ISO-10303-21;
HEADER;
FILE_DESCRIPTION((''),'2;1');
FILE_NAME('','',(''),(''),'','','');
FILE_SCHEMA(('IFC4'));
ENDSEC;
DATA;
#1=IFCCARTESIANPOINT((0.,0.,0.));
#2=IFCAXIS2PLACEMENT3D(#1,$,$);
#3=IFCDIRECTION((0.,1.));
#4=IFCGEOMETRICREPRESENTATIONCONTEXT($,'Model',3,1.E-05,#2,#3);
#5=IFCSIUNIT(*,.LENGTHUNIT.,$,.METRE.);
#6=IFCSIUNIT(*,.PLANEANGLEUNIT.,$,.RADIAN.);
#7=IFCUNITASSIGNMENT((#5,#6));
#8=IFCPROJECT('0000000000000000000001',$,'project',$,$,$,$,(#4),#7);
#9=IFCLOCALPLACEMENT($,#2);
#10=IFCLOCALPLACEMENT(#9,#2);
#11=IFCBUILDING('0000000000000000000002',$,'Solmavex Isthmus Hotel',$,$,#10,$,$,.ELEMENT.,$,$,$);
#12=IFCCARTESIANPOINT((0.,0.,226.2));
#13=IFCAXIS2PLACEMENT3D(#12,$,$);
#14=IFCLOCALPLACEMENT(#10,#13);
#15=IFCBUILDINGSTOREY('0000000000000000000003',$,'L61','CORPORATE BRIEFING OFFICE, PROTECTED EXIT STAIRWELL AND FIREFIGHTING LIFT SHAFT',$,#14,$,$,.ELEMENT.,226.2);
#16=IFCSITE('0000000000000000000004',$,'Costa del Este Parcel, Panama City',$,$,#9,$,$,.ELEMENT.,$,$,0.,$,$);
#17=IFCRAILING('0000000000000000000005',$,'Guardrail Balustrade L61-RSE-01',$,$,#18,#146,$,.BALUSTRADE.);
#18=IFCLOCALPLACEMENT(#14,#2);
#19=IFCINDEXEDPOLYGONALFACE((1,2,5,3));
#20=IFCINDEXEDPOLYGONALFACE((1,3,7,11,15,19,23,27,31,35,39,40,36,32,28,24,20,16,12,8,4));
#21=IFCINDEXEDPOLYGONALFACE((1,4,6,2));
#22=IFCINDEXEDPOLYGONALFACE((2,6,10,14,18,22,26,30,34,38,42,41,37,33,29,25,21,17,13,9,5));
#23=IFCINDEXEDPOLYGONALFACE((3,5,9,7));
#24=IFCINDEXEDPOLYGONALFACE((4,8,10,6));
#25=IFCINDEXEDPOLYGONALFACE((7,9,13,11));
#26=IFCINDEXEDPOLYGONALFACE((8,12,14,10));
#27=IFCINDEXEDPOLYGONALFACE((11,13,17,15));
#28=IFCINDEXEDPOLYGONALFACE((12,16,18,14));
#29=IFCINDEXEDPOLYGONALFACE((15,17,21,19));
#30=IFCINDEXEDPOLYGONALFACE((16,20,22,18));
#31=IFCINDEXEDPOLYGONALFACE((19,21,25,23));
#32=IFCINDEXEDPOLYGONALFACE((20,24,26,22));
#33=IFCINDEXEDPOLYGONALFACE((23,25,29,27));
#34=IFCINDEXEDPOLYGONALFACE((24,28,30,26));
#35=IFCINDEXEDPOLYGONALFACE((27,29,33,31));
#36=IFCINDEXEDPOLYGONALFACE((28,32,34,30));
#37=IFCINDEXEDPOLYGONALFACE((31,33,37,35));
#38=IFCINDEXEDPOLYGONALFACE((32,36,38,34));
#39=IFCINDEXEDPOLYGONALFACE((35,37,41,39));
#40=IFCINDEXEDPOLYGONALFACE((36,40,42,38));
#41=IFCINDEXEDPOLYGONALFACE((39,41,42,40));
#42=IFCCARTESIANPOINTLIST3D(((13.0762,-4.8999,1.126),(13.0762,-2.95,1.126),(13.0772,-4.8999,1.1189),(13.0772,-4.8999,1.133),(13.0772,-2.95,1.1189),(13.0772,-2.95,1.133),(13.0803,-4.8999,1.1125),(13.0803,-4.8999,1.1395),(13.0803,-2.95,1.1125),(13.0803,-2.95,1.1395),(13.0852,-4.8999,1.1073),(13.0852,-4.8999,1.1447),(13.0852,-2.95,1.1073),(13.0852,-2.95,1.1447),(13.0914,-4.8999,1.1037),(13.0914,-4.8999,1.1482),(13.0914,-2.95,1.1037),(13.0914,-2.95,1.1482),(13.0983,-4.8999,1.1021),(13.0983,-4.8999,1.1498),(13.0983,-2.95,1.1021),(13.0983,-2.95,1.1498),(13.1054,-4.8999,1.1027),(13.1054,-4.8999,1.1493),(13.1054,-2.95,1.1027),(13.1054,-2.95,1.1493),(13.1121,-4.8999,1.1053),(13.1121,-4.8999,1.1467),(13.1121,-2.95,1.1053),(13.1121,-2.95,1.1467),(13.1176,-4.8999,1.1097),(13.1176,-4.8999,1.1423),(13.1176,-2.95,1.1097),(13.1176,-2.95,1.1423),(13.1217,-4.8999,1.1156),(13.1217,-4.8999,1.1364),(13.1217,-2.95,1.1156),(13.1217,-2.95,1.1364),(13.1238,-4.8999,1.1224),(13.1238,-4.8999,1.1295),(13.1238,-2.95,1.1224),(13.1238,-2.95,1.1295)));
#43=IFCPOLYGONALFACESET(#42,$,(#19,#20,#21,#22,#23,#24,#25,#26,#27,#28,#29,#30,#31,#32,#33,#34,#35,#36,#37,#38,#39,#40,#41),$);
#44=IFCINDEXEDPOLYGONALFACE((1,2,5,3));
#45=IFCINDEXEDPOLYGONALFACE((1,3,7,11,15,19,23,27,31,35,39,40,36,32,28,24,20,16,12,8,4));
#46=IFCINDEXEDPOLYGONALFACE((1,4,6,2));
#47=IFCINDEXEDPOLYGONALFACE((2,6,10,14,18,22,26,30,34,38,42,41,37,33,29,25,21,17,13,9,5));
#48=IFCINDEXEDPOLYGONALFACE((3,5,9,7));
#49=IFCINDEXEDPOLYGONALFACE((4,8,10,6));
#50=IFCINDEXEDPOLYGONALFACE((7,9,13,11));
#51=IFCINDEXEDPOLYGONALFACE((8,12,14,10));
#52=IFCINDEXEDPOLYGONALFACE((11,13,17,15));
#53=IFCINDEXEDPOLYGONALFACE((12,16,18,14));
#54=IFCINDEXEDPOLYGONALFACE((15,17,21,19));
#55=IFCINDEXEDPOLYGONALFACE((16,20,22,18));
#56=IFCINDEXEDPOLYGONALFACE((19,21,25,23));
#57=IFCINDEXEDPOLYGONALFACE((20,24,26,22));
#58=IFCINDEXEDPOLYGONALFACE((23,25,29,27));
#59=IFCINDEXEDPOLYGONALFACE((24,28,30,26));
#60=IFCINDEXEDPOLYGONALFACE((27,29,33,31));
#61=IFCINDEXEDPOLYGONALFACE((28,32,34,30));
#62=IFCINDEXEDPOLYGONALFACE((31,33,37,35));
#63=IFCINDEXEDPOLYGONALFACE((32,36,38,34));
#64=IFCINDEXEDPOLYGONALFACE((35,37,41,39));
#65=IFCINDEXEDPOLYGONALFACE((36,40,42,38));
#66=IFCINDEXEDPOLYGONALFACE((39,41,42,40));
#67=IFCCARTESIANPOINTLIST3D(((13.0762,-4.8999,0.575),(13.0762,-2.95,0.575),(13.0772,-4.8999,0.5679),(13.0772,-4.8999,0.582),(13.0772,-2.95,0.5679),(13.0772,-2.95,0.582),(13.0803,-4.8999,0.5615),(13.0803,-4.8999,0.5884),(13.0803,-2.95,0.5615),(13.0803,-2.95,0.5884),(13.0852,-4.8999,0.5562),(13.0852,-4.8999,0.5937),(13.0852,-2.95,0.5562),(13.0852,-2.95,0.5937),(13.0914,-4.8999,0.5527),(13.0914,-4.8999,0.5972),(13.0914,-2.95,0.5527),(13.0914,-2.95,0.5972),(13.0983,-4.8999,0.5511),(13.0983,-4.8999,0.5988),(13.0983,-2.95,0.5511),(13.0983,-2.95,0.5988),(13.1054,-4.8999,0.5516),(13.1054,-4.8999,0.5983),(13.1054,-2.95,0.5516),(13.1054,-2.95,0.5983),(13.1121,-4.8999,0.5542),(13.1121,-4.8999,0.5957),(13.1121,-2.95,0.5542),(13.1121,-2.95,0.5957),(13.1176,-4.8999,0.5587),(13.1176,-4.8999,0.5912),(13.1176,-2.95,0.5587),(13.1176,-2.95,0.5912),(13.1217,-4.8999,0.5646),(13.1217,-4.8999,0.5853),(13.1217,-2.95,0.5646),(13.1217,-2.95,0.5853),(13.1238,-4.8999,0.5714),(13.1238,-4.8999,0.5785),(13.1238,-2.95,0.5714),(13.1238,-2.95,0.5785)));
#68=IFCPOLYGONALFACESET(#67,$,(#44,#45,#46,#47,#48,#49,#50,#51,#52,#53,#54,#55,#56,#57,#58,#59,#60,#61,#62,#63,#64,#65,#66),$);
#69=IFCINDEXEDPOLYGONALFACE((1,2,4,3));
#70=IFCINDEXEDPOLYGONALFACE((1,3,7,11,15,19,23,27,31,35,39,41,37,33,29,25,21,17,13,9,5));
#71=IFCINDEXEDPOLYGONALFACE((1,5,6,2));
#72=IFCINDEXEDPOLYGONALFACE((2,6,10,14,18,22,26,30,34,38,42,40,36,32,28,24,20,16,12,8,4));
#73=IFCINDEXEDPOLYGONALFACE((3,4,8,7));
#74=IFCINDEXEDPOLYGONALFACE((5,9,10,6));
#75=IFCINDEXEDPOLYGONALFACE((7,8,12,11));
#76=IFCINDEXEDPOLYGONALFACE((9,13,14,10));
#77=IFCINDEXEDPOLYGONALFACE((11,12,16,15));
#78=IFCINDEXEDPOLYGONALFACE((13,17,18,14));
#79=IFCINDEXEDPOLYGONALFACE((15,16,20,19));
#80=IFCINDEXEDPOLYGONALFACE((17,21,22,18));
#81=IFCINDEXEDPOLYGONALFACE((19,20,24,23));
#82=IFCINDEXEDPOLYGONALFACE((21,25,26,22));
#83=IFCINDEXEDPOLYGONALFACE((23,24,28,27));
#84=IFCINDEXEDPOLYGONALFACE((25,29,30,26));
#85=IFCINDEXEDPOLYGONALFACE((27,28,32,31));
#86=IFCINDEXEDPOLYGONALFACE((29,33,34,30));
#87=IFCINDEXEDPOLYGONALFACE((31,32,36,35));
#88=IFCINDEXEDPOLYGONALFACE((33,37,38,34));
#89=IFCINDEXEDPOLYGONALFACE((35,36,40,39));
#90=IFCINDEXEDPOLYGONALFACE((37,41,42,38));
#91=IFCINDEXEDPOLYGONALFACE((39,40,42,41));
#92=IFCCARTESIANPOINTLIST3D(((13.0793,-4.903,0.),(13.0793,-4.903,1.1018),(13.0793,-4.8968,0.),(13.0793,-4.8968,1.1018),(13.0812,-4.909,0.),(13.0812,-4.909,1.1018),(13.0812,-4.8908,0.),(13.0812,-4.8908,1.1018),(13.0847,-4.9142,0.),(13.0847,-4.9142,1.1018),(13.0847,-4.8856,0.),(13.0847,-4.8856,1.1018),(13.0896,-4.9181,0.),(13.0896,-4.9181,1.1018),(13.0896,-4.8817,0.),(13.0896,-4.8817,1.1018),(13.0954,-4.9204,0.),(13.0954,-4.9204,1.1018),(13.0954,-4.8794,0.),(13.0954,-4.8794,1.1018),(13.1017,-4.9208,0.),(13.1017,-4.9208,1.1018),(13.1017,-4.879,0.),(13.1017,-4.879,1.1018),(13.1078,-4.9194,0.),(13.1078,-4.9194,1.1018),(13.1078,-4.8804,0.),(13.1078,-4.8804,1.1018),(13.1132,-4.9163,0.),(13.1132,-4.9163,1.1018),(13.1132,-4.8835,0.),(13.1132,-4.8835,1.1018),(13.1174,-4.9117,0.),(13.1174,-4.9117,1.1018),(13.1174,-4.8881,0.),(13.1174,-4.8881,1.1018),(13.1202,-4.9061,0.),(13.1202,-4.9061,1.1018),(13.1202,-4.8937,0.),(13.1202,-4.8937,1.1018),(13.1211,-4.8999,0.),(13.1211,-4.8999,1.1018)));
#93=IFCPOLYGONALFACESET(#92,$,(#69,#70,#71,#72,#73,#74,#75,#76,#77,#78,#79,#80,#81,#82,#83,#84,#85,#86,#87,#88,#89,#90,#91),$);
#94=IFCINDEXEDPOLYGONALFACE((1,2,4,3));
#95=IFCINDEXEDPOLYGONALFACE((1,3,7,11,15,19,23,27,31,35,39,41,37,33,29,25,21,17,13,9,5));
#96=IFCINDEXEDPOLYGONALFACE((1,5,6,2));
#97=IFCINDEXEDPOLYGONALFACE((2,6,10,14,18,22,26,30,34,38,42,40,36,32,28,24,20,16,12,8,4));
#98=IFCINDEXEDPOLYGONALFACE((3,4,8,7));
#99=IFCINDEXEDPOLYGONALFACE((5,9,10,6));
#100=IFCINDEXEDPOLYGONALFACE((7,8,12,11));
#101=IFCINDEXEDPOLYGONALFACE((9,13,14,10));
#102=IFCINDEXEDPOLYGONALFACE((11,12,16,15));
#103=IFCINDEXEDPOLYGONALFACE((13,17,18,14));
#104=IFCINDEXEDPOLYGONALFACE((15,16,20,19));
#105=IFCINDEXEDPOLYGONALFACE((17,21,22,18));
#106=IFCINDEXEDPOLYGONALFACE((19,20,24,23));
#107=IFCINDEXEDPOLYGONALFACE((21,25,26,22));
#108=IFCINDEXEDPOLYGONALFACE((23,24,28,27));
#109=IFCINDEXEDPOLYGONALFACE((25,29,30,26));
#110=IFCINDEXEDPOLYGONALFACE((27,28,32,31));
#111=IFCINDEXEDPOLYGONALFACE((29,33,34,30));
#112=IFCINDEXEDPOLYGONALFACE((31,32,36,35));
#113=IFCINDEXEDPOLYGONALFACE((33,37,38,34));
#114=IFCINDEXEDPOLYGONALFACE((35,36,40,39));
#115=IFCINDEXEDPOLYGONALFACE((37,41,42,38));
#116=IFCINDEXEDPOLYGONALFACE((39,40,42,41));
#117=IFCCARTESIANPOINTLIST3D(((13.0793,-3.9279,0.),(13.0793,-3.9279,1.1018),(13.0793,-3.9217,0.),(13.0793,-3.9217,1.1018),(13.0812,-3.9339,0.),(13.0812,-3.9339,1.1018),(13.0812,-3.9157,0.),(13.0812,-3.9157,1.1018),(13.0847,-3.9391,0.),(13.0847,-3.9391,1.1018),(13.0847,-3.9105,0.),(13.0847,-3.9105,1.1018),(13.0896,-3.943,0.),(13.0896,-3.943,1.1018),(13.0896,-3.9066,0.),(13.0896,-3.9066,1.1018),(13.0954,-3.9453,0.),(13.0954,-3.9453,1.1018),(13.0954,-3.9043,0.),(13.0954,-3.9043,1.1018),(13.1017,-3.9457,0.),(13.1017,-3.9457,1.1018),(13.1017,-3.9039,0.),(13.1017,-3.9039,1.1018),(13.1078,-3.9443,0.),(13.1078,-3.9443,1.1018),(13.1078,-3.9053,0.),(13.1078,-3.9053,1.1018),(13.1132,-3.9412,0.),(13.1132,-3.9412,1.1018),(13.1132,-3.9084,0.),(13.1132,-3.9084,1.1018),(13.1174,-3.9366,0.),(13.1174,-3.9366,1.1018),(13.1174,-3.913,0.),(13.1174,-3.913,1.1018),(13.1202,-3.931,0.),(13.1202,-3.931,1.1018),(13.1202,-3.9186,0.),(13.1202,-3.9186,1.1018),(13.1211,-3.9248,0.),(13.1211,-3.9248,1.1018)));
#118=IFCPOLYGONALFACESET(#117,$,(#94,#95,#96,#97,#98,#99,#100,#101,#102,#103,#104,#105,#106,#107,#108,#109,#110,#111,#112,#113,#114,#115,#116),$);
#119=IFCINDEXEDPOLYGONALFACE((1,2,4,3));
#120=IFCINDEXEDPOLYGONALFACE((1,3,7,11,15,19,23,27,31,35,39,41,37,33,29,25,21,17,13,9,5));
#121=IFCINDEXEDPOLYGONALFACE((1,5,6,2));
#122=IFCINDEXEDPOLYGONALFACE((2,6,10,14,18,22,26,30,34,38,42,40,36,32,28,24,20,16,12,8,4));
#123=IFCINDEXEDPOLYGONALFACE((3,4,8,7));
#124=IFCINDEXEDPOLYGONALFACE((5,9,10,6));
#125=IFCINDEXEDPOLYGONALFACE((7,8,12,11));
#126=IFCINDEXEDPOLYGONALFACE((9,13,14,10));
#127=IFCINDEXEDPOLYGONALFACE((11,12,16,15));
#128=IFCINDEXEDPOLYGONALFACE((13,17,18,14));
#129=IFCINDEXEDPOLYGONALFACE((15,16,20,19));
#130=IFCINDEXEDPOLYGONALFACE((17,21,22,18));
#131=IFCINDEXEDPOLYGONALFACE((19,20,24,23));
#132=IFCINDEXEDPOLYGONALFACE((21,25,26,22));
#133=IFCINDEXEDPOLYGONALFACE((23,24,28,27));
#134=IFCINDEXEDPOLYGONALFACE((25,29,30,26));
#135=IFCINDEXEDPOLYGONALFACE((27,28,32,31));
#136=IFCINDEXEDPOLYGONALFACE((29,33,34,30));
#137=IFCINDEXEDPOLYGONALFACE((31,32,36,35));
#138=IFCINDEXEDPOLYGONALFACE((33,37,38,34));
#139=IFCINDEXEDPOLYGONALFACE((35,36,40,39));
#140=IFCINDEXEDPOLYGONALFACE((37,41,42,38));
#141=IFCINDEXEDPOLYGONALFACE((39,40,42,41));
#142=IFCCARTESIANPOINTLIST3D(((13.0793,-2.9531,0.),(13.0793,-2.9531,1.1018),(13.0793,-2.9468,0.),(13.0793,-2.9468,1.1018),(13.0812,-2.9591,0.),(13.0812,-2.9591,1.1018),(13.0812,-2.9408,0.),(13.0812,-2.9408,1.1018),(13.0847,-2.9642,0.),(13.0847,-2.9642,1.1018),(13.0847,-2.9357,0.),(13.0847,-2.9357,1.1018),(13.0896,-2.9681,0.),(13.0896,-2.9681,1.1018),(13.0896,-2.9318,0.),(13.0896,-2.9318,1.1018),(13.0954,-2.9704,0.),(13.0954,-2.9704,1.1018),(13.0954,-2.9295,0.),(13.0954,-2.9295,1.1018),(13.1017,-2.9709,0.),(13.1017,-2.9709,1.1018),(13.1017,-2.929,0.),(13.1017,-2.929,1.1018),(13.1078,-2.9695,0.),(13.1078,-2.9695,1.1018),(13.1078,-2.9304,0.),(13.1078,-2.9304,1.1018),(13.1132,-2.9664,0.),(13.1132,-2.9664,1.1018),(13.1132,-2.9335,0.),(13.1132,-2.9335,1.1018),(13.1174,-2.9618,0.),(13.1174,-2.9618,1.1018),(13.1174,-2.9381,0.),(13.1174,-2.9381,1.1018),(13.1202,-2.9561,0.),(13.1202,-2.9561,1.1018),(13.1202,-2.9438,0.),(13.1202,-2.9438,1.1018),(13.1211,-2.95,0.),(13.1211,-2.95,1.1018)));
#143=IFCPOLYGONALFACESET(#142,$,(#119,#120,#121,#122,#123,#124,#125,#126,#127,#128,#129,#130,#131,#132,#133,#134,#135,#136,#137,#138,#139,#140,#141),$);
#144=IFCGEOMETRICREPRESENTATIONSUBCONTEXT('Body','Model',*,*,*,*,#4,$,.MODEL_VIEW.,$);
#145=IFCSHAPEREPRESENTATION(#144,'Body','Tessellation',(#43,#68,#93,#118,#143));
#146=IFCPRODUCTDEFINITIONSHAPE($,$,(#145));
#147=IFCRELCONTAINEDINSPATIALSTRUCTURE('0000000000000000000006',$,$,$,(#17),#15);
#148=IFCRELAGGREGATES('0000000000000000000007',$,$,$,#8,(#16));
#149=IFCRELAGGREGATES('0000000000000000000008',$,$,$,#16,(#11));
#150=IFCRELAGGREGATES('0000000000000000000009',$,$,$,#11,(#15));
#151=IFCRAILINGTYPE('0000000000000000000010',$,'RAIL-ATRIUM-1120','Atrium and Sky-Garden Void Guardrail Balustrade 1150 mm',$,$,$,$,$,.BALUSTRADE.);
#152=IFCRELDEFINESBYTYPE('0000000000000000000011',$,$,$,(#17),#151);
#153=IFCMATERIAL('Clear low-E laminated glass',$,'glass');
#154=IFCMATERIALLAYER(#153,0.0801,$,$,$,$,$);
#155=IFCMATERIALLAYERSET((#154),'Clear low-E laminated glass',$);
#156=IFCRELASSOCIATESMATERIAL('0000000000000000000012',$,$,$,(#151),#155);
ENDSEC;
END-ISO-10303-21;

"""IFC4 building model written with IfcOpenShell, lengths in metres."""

from ifc_helpers import new_model, si_unit, direction, frame, origin, origin_2d, place, context, subcontext, project, spatial, circle, extrude, material, layer, layer_set, type_object, element, save


model = new_model("IFC4")

# Units and contexts
model_context = context("Model", 3, precision=1e-05, world=origin(), true_north=direction((0.0, 1.0)))
body_context = subcontext(model_context, "Body", "Model", "MODEL_VIEW")
ifc_project = project(units=[si_unit("LENGTHUNIT", "METRE"), si_unit("PLANEANGLEUNIT", "RADIAN")], contexts=[model_context])

# Site, building, storey
site_placement = place(None, origin())
site = spatial("IfcSite", under=ifc_project, at=site_placement, Name="Costa del Este Parcel, Panama City", CompositionType="ELEMENT", RefElevation=0.0)
building_placement = place(site_placement, origin())
building = spatial("IfcBuilding", under=site, at=building_placement, Name="Solmavex Isthmus Hotel", CompositionType="ELEMENT")
storey_placement = place(building_placement, frame((0.0, 0.0, 226.2)))
storey = spatial("IfcBuildingStorey", under=building, at=storey_placement, Name="L61", Description="CORPORATE BRIEFING OFFICE, PROTECTED EXIT STAIRWELL AND FIREFIGHTING LIFT SHAFT", CompositionType="ELEMENT", Elevation=226.2)

# Railing
ifc_material_1 = material(Name="Clear low-E laminated glass", Category="glass")
ifc_layer_1 = layer(ifc_material_1, 0.0801)
ifc_layer_set_1 = layer_set([ifc_layer_1], Name="Clear low-E laminated glass")
railing_type_1 = type_object("IfcRailingType", Name="RAIL-ATRIUM-1120", Description="Atrium and Sky-Garden Void Guardrail Balustrade 1150 mm", PredefinedType="BALUSTRADE", material=ifc_layer_set_1)
railing_1_placement = place(storey_placement, frame((13.1001, -4.8999, 0.0)))
element("IfcRailing", 1, at=railing_1_placement, inside=storey, type_object=railing_type_1, Name="Guardrail Balustrade L61-RSE-01", PredefinedType="BALUSTRADE", context=body_context, shape_type="SweptSolid", body=[
    extrude(circle(Radius=0.0239, at=origin_2d()), frame((0.0, 0.0, 1.126), z_axis=(0.0, 1.0, 0.0), x_axis=(-1.0, 0.0, 0.0)), (0.0, 0.0, 1.0), 1.95),
    extrude(circle(Radius=0.0239, at=origin_2d()), frame((0.0, 0.0, 0.575), z_axis=(0.0, 1.0, 0.0), x_axis=(-1.0, 0.0, 0.0)), (0.0, 0.0, 1.0), 1.95),
    extrude(circle(Radius=0.021, at=origin_2d()), origin(), (0.0, 0.0, 1.0), 1.1018),
    extrude(circle(Radius=0.021, at=origin_2d()), frame((0.0, 0.9751, 0.0)), (0.0, 0.0, 1.0), 1.1018),
    extrude(circle(Radius=0.021, at=origin_2d()), frame((0.0, 1.95, 0.0)), (0.0, 0.0, 1.0), 1.1018),
])

save(model, "model.ifc")
